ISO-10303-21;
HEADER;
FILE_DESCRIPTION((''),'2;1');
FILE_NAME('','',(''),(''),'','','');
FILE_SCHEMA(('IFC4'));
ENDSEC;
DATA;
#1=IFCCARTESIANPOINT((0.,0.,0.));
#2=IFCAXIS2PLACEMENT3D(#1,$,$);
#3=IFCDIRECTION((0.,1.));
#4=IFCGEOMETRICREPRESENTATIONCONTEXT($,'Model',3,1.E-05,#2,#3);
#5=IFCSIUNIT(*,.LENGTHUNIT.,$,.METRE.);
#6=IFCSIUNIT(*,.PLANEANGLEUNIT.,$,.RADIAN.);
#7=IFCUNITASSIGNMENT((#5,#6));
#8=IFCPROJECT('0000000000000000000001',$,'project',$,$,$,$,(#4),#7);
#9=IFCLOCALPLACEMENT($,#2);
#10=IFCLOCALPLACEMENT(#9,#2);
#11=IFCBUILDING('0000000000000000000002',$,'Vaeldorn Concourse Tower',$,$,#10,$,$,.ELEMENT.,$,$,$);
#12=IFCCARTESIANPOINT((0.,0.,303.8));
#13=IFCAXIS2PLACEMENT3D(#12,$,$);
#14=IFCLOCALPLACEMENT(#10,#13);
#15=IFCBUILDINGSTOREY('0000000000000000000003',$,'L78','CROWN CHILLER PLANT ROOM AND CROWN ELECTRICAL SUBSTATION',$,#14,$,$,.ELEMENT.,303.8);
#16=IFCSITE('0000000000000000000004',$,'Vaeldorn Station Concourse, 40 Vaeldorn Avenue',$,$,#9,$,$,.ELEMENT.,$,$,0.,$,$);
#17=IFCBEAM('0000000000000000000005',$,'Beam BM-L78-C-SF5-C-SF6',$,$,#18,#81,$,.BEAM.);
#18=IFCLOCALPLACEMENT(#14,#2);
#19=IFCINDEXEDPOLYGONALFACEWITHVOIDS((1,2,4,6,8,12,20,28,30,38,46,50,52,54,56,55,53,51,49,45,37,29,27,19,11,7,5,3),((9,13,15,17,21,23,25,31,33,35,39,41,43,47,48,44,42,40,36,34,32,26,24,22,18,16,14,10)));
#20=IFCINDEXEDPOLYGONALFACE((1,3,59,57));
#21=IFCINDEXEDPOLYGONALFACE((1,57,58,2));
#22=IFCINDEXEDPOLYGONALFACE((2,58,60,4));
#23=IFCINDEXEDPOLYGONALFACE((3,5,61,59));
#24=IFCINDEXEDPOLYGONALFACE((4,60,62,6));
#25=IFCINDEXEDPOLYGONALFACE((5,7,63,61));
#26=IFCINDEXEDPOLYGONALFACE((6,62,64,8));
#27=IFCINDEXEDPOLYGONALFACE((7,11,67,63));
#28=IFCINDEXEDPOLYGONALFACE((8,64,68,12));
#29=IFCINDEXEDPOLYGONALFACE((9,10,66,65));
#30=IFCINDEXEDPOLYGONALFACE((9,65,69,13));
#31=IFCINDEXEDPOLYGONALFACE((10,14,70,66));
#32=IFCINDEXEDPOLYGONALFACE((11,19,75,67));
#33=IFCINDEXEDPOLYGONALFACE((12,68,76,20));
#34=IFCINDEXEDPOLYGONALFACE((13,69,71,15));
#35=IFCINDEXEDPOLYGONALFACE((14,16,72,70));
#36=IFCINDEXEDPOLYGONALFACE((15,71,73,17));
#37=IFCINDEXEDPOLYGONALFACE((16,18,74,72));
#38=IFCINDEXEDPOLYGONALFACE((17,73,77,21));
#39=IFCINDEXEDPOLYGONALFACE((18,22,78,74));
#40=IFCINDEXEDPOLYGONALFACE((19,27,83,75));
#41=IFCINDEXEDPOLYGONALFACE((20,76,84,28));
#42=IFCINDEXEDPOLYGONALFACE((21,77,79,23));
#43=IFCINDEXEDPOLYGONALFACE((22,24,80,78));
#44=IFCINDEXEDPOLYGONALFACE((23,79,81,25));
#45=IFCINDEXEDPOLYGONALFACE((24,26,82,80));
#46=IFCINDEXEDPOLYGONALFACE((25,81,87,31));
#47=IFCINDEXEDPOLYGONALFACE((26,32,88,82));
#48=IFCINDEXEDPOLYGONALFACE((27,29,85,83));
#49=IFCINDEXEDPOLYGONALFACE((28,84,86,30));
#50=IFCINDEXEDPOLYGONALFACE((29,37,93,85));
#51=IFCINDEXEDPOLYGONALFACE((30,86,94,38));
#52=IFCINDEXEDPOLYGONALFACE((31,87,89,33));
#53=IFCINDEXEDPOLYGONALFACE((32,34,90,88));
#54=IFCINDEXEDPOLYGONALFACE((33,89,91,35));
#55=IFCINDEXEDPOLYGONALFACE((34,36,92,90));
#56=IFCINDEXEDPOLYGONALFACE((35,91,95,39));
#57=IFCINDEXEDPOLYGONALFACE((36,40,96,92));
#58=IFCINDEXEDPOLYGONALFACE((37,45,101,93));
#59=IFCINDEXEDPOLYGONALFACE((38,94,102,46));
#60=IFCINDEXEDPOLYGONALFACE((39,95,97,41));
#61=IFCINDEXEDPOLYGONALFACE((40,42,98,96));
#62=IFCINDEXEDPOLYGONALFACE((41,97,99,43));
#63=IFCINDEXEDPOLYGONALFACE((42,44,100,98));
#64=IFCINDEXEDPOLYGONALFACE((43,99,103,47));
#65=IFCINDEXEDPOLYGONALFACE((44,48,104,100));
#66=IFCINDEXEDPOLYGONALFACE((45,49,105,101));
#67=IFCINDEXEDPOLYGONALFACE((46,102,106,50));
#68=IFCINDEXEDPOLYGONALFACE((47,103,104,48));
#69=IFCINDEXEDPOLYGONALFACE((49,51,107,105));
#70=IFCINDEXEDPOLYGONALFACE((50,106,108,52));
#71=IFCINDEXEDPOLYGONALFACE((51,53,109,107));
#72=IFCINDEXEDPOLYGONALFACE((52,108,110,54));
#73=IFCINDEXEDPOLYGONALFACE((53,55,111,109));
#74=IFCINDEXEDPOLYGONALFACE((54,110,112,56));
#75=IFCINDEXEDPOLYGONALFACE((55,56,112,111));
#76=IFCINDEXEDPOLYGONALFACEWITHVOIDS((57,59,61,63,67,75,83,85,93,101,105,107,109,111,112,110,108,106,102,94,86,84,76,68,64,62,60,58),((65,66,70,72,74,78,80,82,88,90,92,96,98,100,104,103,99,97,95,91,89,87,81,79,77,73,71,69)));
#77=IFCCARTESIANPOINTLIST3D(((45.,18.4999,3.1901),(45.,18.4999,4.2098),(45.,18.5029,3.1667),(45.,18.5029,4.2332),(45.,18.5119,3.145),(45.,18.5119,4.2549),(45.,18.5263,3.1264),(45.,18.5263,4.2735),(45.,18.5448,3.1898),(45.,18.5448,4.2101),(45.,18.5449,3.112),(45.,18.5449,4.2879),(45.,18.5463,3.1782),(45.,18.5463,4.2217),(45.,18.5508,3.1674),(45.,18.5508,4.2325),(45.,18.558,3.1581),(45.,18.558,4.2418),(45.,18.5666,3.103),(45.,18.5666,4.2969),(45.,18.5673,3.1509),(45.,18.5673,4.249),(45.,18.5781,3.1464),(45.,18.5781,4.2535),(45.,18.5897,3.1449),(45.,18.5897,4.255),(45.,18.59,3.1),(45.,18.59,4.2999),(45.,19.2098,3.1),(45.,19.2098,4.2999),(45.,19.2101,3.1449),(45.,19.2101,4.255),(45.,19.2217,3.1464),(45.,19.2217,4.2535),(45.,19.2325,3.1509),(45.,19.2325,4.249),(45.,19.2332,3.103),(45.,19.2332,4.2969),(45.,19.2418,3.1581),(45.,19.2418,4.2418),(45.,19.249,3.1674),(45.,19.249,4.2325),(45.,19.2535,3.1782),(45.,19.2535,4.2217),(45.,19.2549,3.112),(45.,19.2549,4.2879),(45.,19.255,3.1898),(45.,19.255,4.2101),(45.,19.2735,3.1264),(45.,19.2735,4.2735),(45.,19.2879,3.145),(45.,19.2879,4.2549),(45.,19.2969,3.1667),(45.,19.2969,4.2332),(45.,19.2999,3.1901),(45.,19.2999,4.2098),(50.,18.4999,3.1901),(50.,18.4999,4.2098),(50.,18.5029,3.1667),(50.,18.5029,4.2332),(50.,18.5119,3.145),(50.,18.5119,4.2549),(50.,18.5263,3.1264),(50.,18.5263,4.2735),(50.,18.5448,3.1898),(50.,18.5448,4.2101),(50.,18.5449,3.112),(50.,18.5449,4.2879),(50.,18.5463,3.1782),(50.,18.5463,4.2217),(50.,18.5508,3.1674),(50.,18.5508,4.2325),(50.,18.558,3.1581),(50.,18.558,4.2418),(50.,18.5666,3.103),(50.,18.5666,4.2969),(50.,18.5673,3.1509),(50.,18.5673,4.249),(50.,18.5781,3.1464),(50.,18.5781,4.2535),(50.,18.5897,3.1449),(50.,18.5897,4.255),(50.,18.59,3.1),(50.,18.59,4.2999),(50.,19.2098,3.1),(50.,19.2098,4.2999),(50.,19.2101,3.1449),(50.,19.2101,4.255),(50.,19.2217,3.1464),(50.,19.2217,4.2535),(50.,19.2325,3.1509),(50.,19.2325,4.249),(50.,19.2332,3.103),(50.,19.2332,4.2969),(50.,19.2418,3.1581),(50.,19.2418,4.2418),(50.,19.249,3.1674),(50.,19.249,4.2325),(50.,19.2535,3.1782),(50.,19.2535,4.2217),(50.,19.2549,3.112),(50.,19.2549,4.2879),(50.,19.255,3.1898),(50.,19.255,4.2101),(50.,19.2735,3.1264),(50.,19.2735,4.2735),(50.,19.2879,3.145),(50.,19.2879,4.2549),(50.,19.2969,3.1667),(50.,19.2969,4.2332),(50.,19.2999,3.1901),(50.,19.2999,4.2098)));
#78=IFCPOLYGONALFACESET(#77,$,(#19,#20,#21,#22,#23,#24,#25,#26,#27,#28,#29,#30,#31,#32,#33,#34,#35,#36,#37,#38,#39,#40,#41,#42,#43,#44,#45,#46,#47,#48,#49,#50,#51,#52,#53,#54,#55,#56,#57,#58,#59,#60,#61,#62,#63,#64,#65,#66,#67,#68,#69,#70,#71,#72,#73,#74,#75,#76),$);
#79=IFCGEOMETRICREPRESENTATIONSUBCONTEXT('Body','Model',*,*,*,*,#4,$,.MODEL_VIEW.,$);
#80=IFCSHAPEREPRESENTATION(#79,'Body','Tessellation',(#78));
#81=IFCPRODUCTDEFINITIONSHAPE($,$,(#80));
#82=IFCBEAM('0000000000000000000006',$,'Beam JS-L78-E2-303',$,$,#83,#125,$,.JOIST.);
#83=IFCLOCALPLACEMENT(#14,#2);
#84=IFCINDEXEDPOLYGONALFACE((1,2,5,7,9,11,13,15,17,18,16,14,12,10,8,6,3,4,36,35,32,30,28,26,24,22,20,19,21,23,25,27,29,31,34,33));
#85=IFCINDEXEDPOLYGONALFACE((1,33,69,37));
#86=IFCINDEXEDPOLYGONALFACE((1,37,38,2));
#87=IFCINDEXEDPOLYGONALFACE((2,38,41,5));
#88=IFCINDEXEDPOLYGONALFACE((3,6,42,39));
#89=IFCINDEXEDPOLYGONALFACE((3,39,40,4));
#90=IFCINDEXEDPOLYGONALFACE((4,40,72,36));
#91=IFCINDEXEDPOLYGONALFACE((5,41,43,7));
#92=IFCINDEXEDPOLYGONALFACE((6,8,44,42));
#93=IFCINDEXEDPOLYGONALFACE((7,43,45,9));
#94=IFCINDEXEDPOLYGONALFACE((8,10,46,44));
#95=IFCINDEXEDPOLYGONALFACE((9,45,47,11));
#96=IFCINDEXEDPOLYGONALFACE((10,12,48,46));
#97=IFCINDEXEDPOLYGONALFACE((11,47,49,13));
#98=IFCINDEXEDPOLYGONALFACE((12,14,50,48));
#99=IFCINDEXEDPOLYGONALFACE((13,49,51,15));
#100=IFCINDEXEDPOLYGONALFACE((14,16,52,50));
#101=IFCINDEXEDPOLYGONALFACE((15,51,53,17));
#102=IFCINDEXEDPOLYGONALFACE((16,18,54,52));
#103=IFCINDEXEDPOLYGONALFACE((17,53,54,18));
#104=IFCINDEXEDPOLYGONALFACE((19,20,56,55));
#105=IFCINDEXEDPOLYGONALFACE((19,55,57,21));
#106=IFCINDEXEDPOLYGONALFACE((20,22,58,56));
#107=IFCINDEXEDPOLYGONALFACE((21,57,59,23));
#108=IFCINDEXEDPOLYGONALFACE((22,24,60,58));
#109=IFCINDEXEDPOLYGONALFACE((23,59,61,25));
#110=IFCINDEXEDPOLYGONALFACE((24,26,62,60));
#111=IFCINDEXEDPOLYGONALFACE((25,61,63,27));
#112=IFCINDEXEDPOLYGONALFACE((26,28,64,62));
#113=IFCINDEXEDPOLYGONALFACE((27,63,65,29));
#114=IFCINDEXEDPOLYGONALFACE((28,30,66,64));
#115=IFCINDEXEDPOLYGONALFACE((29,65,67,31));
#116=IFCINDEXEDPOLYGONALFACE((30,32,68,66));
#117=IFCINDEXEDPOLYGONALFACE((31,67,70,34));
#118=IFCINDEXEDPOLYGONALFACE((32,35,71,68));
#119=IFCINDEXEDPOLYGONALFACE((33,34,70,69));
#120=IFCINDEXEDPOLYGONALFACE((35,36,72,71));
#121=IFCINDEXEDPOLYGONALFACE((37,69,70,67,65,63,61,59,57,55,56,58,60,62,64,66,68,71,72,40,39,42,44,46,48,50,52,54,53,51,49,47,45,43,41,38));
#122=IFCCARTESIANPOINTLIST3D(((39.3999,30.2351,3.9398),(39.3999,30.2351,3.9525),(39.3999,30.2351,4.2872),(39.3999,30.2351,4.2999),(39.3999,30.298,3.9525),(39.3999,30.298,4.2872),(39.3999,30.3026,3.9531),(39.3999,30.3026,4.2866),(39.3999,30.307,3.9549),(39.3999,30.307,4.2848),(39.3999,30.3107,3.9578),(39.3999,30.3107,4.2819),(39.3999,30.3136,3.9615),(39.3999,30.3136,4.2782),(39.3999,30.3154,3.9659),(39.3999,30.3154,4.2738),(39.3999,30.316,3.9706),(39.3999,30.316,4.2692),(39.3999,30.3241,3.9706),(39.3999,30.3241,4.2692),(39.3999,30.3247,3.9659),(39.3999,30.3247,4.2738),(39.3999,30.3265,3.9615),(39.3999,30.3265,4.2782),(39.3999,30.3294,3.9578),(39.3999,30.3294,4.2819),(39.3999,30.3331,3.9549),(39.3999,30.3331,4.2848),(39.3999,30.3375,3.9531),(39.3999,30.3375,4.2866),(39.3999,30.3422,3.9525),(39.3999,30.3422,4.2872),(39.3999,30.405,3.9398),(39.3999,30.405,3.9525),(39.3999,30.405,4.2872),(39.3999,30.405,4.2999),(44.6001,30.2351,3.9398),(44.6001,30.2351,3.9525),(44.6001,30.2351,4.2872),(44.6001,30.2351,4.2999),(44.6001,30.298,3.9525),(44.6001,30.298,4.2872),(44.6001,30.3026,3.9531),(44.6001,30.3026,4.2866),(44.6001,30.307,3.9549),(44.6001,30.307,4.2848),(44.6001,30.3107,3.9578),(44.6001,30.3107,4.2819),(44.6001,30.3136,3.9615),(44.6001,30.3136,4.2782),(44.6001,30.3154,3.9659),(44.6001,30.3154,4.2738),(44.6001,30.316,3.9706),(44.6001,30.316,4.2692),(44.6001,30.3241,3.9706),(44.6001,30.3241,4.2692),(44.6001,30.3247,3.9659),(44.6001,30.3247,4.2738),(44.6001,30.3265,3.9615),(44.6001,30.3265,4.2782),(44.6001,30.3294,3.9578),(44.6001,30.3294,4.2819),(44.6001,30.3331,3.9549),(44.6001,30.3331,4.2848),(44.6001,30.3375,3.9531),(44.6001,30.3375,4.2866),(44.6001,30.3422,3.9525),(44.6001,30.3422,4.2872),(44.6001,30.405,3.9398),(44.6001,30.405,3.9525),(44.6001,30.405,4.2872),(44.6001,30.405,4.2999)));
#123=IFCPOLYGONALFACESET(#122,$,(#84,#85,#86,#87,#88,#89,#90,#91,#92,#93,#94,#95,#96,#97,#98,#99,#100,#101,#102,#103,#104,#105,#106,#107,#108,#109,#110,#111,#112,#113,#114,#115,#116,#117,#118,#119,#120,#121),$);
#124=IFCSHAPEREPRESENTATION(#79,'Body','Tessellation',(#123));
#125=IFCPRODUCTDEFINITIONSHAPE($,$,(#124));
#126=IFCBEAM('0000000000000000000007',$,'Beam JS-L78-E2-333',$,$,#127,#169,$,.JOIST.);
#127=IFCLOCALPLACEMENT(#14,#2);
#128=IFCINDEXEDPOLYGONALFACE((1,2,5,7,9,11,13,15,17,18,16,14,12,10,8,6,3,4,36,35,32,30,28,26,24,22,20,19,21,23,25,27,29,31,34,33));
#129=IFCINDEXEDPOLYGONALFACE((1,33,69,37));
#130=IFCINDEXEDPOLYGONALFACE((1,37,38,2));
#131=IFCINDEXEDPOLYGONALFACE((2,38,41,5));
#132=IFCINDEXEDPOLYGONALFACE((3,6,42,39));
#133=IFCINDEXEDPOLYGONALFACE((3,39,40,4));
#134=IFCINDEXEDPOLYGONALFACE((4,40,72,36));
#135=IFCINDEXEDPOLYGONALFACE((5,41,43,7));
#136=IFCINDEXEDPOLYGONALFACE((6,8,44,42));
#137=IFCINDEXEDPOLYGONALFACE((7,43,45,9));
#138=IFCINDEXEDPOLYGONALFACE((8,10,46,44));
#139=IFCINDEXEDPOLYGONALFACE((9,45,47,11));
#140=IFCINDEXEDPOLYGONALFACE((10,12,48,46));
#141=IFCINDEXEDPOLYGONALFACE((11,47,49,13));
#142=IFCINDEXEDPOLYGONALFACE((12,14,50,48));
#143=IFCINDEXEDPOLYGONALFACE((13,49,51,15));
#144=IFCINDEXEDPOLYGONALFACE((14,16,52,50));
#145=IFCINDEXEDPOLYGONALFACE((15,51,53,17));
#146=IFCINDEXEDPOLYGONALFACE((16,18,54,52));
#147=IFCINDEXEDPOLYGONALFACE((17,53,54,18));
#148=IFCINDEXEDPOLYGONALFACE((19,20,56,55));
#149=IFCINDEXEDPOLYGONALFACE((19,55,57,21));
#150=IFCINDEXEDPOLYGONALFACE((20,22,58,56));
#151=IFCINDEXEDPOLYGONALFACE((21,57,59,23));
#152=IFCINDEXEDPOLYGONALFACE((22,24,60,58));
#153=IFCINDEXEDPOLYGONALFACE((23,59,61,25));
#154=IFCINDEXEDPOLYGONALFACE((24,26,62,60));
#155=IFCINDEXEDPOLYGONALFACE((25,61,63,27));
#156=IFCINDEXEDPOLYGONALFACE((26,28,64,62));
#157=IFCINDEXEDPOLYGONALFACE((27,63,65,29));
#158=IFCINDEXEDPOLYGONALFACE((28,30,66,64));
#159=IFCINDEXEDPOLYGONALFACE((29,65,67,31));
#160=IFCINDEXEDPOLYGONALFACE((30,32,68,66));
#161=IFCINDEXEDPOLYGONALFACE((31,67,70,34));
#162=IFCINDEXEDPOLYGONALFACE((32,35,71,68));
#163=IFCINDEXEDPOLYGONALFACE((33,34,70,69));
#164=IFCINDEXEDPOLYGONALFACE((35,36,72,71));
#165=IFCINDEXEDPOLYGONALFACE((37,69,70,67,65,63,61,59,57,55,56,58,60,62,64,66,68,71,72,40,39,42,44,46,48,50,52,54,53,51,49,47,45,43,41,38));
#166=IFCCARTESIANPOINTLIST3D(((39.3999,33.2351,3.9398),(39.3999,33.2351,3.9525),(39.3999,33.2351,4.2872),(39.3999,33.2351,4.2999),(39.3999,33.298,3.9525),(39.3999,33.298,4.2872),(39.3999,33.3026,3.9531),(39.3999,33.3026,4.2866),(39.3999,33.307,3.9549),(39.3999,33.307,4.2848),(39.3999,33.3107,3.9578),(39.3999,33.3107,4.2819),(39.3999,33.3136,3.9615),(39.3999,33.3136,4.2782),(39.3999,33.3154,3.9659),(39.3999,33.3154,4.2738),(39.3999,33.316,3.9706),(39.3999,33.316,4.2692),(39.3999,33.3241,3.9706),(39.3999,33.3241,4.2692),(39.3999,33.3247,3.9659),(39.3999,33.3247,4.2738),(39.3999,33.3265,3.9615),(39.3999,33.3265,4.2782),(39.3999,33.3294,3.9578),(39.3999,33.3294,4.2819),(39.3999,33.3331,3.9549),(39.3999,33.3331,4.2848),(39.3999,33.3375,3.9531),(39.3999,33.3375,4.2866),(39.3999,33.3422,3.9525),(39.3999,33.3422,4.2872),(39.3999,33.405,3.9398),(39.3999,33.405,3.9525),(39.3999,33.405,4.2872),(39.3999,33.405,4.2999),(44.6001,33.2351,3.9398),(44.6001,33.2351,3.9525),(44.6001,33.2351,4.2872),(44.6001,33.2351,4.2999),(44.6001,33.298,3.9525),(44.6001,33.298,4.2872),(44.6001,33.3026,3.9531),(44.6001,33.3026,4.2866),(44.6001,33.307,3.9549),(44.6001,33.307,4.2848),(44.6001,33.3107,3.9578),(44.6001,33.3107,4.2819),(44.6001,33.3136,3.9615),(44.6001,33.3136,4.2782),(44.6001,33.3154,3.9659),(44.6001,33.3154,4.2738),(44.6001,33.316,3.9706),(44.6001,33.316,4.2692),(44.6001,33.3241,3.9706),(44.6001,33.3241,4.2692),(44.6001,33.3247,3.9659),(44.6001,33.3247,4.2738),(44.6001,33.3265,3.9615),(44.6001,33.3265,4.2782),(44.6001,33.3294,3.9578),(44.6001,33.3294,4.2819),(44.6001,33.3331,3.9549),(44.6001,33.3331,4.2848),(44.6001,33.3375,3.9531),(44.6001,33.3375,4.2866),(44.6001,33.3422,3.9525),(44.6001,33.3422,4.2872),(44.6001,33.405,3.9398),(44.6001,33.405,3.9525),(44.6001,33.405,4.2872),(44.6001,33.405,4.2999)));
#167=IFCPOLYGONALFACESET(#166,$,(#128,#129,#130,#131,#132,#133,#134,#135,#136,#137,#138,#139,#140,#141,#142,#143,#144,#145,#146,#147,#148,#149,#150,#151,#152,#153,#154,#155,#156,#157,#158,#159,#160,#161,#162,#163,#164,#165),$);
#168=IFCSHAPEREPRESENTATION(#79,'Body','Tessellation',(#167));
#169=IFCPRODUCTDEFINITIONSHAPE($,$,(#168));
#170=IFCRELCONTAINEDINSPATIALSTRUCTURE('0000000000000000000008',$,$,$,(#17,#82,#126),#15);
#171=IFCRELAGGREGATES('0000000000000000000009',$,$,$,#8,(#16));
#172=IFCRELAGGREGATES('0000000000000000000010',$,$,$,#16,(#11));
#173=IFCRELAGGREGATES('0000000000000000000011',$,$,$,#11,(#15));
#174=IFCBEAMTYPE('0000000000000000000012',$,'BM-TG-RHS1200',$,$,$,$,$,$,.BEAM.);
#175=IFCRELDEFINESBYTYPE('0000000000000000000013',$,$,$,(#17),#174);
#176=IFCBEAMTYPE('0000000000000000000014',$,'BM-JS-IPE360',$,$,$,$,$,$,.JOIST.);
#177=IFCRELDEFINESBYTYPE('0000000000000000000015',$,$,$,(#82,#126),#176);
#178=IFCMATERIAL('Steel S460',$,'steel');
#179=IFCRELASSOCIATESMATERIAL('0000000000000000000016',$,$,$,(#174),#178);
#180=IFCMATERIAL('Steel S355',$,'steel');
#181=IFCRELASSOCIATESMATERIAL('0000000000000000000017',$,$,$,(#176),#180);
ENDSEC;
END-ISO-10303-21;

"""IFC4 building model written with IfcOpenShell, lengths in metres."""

from ifc_helpers import new_model, si_unit, direction, frame, origin, origin_2d, place, context, subcontext, project, spatial, hollow_rectangle, i_section, extrude, source, transform, mapped, material, material_profile, profile_set, type_object, element, save


model = new_model("IFC4")

# Units and contexts
model_context = context("Model", 3, precision=1e-05, world=origin(), true_north=direction((0.0, 1.0)))
body_context = subcontext(model_context, "Body", "Model", "MODEL_VIEW")
ifc_project = project(units=[si_unit("LENGTHUNIT", "METRE"), si_unit("PLANEANGLEUNIT", "RADIAN")], contexts=[model_context])

# Site, building, storey
site_placement = place(None, origin())
site = spatial("IfcSite", under=ifc_project, at=site_placement, Name="Vaeldorn Station Concourse, 40 Vaeldorn Avenue", CompositionType="ELEMENT", RefElevation=0.0)
building_placement = place(site_placement, origin())
building = spatial("IfcBuilding", under=site, at=building_placement, Name="Vaeldorn Concourse Tower", CompositionType="ELEMENT")
storey_placement = place(building_placement, frame((0.0, 0.0, 303.8)))
storey = spatial("IfcBuildingStorey", under=building, at=storey_placement, Name="L78", Description="CROWN CHILLER PLANT ROOM AND CROWN ELECTRICAL SUBSTATION", CompositionType="ELEMENT", Elevation=303.8)

# Shared definitions
ifc_material_1 = material(Name="Steel S355", Category="steel")

# Beams
ifc_material_2 = material(Name="Steel S460", Category="steel")
ifc_material_profile_1 = material_profile(ifc_material_2, hollow_rectangle(XDim=0.8, YDim=1.2, WallThickness=0.0449, InnerFilletRadius=0.0449, OuterFilletRadius=0.0901, at=origin_2d()), Name="RHS 1200x800x45")
ifc_profile_set_1 = profile_set([ifc_material_profile_1], Name="Steel S460")
beam_type_1 = type_object("IfcBeamType", Name="BM-TG-RHS1200", PredefinedType="BEAM", material=ifc_profile_set_1)
shared_shape_1 = source(origin(), body_context, "Body", "SweptSolid", [
    extrude(hollow_rectangle(XDim=0.8, YDim=1.2, WallThickness=0.0449, InnerFilletRadius=0.0449, OuterFilletRadius=0.0901, at=origin_2d()), origin(), (0.0, 0.0, 1.0), 5.0),
])
beam_1_placement = place(storey_placement, frame((45.0, 18.8999, 3.7), z_axis=(1.0, 0.0, 0.0), x_axis=(0.0, 1.0, 0.0)))
element("IfcBeam", 1, at=beam_1_placement, inside=storey, type_object=beam_type_1, Name="Beam BM-L78-C-SF5-C-SF6", PredefinedType="BEAM", context=body_context, shape_type="MappedRepresentation", body=[
    mapped(shared_shape_1, transform((0.0, 0.0, 0.0), scale=1.0)),
])
ifc_material_profile_2 = material_profile(ifc_material_1, i_section(OverallWidth=0.1699, OverallDepth=0.3601, WebThickness=0.0081, FlangeThickness=0.0127, FilletRadius=0.0181, at=origin_2d()), Name="IPE 360")
ifc_profile_set_2 = profile_set([ifc_material_profile_2], Name="Steel S355")
beam_type_2 = type_object("IfcBeamType", Name="BM-JS-IPE360", PredefinedType="JOIST", material=ifc_profile_set_2)
shared_shape_2 = source(origin(), body_context, "Body", "SweptSolid", [
    extrude(i_section(OverallWidth=0.1699, OverallDepth=0.3601, WebThickness=0.0081, FlangeThickness=0.0127, FilletRadius=0.0181, at=origin_2d()), origin(), (0.0, 0.0, 1.0), 5.2002),
])
for number, where, z_axis, x_axis, name in (
    (2, (39.3999, 30.3201, 4.1199), (1.0, 0.0, 0.0), (0.0, 1.0, 0.0), "Beam JS-L78-E2-303"),
    (3, (39.3999, 33.3201, 4.1199), (1.0, 0.0, 0.0), (0.0, 1.0, 0.0), "Beam JS-L78-E2-333"),
):
    element("IfcBeam", number, at=place(storey_placement, frame(where, z_axis=z_axis, x_axis=x_axis)), inside=storey, type_object=beam_type_2, Name=name, PredefinedType="JOIST", context=body_context, shape_type="MappedRepresentation", body=[
        mapped(shared_shape_2, transform((0.0, 0.0, 0.0), scale=1.0)),
    ])

save(model, "model.ifc")
